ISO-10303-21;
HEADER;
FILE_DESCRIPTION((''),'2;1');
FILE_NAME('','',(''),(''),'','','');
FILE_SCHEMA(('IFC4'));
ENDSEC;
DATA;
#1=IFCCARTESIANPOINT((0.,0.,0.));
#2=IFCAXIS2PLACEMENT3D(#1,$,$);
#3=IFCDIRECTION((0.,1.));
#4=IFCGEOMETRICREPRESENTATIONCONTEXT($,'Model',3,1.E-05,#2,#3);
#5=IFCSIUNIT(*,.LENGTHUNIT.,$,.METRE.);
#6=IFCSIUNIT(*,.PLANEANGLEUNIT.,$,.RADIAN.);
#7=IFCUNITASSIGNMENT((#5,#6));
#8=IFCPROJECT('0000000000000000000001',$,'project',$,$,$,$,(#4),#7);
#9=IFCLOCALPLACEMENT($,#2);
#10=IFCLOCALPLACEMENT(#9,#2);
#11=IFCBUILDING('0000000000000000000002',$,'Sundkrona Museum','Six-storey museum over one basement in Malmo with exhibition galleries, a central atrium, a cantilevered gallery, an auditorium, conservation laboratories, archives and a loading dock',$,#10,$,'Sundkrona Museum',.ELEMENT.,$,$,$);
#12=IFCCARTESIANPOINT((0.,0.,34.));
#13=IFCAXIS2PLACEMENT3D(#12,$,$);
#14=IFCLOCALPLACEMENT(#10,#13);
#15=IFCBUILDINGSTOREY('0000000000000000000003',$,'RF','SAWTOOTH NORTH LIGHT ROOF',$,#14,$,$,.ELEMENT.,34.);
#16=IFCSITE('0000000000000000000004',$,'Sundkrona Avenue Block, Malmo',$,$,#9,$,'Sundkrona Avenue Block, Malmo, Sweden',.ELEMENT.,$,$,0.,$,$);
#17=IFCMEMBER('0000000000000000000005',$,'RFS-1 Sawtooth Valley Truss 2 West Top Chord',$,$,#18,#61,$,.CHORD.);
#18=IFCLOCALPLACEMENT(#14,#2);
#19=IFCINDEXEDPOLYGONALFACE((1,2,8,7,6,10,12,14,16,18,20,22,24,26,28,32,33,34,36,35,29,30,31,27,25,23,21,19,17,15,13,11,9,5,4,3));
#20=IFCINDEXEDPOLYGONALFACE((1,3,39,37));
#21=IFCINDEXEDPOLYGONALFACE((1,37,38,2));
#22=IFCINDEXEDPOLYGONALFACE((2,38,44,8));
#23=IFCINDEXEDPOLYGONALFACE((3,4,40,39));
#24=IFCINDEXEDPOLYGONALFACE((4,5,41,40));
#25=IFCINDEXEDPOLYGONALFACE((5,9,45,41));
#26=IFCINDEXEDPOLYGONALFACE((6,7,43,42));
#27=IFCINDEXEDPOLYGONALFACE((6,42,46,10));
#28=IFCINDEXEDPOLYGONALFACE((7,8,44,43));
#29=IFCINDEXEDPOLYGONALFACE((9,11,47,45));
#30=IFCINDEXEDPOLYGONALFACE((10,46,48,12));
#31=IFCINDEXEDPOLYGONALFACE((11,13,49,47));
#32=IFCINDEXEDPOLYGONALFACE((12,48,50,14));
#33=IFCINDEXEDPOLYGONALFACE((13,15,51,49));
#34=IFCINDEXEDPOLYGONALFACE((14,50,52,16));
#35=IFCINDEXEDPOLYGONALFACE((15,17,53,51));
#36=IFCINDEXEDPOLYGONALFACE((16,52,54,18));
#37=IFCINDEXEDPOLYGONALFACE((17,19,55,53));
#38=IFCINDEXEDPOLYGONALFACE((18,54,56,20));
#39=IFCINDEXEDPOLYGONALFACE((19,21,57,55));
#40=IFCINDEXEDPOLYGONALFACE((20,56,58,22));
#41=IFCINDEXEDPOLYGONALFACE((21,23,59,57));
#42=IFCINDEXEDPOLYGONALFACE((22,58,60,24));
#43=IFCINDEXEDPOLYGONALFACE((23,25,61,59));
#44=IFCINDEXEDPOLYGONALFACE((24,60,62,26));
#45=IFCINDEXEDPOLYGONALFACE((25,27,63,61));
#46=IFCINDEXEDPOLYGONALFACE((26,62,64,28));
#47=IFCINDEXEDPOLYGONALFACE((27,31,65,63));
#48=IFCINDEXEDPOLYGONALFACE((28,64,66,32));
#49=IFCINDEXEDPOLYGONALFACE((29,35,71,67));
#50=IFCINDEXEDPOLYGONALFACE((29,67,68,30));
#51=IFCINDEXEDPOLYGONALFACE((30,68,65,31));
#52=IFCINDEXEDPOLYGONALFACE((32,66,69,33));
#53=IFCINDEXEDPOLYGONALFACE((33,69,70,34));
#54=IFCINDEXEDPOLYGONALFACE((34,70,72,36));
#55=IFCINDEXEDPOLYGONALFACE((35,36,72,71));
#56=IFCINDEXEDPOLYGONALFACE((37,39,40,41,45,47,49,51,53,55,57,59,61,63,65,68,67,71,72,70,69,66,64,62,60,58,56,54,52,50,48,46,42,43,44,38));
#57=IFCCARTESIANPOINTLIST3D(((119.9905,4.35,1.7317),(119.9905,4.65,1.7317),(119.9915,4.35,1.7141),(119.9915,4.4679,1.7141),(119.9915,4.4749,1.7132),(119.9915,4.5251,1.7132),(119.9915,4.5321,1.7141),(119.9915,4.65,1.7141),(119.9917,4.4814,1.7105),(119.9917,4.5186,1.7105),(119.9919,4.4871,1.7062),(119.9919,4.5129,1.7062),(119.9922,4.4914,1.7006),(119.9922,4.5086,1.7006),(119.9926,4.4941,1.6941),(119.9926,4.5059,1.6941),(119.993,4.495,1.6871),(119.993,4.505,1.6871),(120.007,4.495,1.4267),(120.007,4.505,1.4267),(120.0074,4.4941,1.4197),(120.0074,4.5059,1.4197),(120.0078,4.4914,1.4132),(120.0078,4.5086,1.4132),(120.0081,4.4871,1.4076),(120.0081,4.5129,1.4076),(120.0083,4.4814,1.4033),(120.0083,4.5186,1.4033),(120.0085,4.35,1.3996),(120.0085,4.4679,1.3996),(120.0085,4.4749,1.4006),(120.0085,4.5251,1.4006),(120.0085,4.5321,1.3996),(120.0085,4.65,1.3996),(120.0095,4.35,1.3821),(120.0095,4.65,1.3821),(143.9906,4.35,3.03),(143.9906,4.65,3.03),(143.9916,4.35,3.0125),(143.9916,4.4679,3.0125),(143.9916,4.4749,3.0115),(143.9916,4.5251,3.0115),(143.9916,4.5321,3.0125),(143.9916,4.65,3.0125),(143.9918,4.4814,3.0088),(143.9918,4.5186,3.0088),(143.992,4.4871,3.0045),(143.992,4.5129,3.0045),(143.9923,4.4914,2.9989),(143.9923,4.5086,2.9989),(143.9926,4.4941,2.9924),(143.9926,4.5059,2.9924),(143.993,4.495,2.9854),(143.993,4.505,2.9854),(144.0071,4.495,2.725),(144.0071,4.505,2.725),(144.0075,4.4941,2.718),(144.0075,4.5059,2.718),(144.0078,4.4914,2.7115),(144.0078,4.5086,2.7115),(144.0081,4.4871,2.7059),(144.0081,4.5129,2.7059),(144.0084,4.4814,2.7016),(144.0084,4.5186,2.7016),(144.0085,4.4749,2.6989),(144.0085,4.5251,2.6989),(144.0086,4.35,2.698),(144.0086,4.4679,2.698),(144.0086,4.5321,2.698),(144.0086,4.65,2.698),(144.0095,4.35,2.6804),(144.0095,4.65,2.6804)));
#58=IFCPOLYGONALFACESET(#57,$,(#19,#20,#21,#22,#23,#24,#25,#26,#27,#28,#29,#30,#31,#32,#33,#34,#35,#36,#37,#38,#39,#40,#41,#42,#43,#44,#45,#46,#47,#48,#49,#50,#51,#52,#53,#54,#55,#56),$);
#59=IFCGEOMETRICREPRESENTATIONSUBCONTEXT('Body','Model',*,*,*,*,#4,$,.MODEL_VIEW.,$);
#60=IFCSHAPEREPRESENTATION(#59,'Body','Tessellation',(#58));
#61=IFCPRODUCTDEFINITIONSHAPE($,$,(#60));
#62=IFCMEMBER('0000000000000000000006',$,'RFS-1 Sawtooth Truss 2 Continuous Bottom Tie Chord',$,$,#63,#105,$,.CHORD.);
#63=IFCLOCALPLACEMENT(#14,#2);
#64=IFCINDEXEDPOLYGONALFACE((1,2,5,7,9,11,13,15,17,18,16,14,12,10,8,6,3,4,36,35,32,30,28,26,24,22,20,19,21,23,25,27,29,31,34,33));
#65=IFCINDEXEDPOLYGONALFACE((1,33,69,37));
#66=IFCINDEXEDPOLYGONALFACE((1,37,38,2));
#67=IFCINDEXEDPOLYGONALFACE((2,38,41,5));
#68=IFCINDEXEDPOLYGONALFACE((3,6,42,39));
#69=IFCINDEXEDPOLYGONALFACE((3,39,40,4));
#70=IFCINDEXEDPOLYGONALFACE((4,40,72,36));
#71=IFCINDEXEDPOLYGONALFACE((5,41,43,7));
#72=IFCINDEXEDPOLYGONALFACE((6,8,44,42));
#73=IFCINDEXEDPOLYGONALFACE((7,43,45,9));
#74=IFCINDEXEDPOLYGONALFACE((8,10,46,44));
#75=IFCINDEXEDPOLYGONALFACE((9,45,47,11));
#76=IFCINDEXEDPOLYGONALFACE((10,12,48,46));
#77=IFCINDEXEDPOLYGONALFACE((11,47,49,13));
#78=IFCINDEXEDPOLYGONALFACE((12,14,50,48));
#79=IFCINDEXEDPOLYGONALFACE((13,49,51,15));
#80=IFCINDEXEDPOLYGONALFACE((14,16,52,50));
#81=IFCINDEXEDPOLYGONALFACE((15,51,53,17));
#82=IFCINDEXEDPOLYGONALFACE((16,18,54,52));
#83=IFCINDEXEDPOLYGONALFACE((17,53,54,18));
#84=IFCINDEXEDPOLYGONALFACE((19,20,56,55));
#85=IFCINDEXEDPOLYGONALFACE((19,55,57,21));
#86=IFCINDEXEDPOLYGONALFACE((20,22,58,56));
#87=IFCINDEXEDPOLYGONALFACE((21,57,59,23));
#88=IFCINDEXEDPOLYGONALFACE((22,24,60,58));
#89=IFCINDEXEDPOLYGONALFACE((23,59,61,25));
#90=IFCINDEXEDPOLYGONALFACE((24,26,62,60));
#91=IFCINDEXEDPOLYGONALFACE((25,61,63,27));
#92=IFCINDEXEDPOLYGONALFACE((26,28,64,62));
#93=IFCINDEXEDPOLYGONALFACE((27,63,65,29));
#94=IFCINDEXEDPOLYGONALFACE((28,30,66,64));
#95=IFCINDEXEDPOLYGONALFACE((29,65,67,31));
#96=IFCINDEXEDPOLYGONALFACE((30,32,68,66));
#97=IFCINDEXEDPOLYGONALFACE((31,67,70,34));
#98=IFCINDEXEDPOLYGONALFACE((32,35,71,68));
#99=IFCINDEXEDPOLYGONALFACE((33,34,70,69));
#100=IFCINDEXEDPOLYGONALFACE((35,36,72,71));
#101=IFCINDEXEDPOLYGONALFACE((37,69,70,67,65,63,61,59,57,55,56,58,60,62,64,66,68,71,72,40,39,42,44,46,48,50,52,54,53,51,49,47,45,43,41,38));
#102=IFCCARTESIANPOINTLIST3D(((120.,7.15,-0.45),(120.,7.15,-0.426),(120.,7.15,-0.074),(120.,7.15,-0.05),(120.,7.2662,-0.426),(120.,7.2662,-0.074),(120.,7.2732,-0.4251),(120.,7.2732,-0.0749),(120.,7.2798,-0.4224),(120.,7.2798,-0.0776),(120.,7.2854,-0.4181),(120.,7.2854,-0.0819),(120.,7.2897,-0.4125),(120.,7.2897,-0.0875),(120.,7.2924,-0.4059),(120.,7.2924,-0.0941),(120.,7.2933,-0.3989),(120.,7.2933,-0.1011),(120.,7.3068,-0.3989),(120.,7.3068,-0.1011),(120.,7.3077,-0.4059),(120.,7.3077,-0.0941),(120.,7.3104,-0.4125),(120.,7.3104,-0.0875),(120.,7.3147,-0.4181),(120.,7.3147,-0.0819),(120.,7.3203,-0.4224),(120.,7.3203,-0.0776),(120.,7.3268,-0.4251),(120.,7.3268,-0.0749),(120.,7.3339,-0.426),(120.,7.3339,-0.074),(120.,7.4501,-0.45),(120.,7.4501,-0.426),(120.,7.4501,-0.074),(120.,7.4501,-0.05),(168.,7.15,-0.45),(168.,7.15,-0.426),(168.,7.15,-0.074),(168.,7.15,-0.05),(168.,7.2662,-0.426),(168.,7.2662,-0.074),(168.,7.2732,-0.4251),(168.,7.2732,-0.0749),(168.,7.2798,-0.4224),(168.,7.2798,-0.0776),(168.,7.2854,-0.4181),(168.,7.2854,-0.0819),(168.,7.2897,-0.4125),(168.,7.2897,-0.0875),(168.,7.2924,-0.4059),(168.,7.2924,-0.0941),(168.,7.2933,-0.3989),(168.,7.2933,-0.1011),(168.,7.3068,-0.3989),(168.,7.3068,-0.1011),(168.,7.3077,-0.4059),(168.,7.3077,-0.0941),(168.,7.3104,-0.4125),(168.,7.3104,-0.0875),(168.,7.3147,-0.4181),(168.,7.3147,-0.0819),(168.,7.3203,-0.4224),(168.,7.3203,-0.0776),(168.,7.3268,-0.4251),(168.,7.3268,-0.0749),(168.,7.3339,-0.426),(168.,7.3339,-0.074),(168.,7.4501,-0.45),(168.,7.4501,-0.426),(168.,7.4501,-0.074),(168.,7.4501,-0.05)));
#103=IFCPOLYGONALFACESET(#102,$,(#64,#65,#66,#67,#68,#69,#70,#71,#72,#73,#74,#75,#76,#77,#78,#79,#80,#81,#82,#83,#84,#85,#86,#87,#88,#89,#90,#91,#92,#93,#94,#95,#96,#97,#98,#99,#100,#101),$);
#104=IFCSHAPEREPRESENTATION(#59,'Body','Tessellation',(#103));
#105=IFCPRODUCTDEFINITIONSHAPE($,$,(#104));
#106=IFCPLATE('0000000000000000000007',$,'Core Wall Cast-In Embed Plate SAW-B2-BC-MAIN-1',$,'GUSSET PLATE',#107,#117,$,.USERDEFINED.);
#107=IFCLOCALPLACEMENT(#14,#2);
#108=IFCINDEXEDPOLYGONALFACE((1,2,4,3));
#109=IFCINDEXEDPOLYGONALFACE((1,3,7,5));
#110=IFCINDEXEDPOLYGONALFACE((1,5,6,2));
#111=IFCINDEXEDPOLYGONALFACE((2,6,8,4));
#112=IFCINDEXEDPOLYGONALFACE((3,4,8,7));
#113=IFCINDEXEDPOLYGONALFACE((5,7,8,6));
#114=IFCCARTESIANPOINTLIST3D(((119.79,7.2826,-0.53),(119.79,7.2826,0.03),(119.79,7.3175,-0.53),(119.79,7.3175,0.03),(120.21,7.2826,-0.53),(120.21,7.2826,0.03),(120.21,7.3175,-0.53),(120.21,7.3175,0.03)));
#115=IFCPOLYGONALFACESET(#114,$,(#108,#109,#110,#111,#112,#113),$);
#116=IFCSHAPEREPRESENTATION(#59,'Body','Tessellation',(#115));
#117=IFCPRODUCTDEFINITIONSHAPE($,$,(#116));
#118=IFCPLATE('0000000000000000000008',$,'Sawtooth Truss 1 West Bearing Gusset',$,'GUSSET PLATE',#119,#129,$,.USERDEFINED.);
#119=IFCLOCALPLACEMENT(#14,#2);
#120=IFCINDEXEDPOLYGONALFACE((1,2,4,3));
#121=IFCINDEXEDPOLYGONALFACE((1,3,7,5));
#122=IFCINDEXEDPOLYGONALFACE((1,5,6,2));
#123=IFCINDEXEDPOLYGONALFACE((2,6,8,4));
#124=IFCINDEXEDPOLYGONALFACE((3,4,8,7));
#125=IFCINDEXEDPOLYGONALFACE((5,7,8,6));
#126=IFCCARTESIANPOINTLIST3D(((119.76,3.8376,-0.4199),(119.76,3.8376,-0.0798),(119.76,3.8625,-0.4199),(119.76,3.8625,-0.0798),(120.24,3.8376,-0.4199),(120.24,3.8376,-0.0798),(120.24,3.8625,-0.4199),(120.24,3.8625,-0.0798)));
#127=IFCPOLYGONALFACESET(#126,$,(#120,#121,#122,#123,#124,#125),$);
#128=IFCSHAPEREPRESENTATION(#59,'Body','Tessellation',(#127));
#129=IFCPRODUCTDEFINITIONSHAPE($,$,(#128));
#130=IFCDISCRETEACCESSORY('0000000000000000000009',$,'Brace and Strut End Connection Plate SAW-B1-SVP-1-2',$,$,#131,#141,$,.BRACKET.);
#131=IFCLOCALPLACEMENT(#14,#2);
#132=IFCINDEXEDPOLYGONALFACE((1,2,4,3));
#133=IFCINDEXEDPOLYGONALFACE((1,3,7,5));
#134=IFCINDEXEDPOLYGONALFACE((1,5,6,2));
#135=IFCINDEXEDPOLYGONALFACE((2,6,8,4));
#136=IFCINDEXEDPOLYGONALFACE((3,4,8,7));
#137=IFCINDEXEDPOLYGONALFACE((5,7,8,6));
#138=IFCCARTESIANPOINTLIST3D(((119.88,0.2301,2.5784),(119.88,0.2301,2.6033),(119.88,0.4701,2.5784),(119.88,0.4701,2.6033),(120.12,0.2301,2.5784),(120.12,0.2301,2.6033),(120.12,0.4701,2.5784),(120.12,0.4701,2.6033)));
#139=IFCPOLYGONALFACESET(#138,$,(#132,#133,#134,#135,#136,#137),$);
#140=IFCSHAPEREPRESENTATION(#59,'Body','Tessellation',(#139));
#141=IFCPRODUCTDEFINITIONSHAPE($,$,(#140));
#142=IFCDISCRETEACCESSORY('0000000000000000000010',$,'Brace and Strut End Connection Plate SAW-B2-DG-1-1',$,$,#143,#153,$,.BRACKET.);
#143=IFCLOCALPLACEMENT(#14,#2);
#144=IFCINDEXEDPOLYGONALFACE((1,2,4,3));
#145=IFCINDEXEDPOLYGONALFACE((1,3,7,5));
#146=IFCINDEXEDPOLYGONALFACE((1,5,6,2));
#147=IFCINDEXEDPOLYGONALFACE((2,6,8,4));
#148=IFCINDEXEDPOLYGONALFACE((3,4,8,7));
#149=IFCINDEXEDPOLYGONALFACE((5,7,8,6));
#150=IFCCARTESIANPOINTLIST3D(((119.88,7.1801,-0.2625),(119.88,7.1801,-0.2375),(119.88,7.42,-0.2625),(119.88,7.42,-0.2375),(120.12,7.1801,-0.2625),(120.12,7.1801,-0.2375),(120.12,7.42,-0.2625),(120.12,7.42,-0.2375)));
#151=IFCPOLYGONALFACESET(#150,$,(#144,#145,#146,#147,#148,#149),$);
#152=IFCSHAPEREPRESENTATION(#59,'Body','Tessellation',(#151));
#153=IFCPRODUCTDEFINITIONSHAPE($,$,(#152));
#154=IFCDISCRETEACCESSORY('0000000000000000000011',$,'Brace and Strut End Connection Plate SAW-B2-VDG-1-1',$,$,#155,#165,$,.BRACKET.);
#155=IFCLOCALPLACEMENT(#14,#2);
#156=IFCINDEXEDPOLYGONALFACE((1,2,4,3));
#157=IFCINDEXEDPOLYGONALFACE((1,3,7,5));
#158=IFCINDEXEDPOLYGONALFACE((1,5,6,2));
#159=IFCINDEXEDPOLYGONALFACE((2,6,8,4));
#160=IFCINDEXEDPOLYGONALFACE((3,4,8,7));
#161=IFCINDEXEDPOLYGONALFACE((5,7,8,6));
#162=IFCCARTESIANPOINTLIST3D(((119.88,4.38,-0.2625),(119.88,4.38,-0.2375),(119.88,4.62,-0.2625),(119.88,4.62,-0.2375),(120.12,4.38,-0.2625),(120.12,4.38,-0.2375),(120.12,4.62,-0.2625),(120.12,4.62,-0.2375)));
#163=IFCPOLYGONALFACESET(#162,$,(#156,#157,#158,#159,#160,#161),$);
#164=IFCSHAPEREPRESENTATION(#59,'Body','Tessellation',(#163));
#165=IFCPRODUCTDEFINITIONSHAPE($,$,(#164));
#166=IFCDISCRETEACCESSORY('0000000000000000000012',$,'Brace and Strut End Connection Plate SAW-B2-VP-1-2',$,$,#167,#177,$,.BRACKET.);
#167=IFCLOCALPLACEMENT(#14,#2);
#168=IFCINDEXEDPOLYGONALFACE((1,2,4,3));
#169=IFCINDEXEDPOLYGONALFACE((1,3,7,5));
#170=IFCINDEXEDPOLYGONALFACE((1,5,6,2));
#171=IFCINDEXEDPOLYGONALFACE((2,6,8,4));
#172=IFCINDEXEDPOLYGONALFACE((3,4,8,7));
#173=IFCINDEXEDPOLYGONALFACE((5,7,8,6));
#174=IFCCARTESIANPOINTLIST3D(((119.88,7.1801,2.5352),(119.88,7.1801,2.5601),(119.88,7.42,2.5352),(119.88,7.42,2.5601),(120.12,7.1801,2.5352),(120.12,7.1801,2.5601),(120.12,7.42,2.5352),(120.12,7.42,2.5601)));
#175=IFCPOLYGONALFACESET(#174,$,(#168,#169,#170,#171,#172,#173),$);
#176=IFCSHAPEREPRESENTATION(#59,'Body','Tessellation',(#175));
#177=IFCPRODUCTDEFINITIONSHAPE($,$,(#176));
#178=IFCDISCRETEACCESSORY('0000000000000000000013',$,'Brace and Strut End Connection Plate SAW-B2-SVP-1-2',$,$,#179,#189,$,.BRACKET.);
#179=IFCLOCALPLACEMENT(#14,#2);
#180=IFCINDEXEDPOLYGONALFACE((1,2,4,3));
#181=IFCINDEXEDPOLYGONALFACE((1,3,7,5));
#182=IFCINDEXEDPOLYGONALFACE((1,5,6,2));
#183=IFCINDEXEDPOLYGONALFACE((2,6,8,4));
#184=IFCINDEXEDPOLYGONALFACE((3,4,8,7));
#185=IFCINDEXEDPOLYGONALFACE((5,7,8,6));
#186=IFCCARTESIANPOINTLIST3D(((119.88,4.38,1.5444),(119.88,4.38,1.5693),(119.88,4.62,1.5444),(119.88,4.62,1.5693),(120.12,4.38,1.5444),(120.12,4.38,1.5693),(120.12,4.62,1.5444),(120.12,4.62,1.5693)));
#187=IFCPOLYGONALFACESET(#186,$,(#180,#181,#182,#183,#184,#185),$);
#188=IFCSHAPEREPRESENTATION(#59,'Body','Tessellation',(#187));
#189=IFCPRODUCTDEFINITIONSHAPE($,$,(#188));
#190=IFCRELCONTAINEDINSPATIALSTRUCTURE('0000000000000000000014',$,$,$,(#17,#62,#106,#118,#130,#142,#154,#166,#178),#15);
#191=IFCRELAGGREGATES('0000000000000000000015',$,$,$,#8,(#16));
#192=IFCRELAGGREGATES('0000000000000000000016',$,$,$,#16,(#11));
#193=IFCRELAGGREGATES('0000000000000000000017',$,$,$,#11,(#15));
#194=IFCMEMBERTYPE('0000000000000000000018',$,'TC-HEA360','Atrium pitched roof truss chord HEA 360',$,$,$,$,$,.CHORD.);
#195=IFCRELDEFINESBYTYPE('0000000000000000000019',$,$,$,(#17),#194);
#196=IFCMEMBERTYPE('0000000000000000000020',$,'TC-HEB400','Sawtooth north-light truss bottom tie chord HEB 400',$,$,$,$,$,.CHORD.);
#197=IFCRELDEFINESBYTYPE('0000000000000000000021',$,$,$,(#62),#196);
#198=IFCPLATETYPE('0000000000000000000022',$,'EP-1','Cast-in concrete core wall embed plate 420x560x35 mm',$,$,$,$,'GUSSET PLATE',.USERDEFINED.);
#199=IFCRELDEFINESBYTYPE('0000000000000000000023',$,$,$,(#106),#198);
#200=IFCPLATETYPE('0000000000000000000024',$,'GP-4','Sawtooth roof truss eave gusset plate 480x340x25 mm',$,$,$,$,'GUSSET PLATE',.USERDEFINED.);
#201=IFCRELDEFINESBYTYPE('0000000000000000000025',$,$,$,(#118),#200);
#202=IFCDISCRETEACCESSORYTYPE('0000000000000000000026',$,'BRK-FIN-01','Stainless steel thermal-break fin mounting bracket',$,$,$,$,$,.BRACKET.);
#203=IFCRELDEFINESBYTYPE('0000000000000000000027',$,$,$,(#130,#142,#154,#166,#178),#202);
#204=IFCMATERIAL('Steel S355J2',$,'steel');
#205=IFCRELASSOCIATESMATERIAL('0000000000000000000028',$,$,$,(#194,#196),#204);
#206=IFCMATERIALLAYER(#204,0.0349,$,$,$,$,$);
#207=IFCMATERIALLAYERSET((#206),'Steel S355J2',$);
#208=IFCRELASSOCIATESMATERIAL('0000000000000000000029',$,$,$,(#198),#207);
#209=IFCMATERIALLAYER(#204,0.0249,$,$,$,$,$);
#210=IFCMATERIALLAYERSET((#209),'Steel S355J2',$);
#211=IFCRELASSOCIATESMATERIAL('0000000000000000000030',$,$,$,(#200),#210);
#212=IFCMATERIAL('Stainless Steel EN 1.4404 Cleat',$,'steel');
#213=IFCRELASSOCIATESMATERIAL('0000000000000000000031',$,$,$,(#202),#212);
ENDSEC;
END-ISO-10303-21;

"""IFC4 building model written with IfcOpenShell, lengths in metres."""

from ifc_helpers import new_model, si_unit, direction, frame, origin, origin_2d, place, context, subcontext, project, spatial, rectangle, i_section, extrude, material, layer, layer_set, material_profile, profile_set, type_object, element, save


model = new_model("IFC4")

# Units and contexts
model_context = context("Model", 3, precision=1e-05, world=origin(), true_north=direction((0.0, 1.0)))
body_context = subcontext(model_context, "Body", "Model", "MODEL_VIEW")
ifc_project = project(units=[si_unit("LENGTHUNIT", "METRE"), si_unit("PLANEANGLEUNIT", "RADIAN")], contexts=[model_context])

# Site, building, storey
site_placement = place(None, origin())
site = spatial("IfcSite", under=ifc_project, at=site_placement, Name="Sundkrona Avenue Block, Malmo", LongName="Sundkrona Avenue Block, Malmo, Sweden", CompositionType="ELEMENT", RefElevation=0.0)
building_placement = place(site_placement, origin())
building = spatial("IfcBuilding", under=site, at=building_placement, Name="Sundkrona Museum", Description="Six-storey museum over one basement in Malmo with exhibition galleries, a central atrium, a cantilevered gallery, an auditorium, conservation laboratories, archives and a loading dock", LongName="Sundkrona Museum", CompositionType="ELEMENT")
storey_placement = place(building_placement, frame((0.0, 0.0, 34.0)))
storey = spatial("IfcBuildingStorey", under=building, at=storey_placement, Name="RF", Description="SAWTOOTH NORTH LIGHT ROOF", CompositionType="ELEMENT", Elevation=34.0)

# Members
ifc_material_1 = material(Name="Steel S355J2", Category="steel")
ifc_material_profile_1 = material_profile(ifc_material_1, i_section(OverallWidth=0.3, OverallDepth=0.3501, WebThickness=0.01, FlangeThickness=0.0176, FilletRadius=0.0271, at=origin_2d()), Name="HEA 360")
ifc_profile_set_1 = profile_set([ifc_material_profile_1], Name="Steel S355J2")
member_type_1 = type_object("IfcMemberType", Name="TC-HEA360", Description="Atrium pitched roof truss chord HEA 360", PredefinedType="CHORD", material=ifc_profile_set_1)
member_1_placement = place(storey_placement, frame((120.0, 4.5, 1.5569), z_axis=(0.99854, 0.0, 0.054019), x_axis=(0.0, 1.0, 0.0)))
element("IfcMember", 1, at=member_1_placement, inside=storey, type_object=member_type_1, Name="RFS-1 Sawtooth Valley Truss 2 West Top Chord", PredefinedType="CHORD", context=body_context, shape_type="SweptSolid", body=[
    extrude(i_section(OverallWidth=0.3, OverallDepth=0.3501, WebThickness=0.01, FlangeThickness=0.0176, FilletRadius=0.0271, at=origin_2d()), origin(), (0.0, 0.0, 1.0), 24.0352),
])
ifc_material_profile_2 = material_profile(ifc_material_1, i_section(OverallWidth=0.3, OverallDepth=0.3999, WebThickness=0.0134, FlangeThickness=0.0239, FilletRadius=0.0271, at=origin_2d()), Name="HEB 400")
ifc_profile_set_2 = profile_set([ifc_material_profile_2], Name="Steel S355J2")
member_type_2 = type_object("IfcMemberType", Name="TC-HEB400", Description="Sawtooth north-light truss bottom tie chord HEB 400", PredefinedType="CHORD", material=ifc_profile_set_2)
member_2_placement = place(storey_placement, frame((120.0, 7.3, -0.25), z_axis=(1.0, 0.0, 0.0), x_axis=(0.0, 1.0, 0.0)))
element("IfcMember", 2, at=member_2_placement, inside=storey, type_object=member_type_2, Name="RFS-1 Sawtooth Truss 2 Continuous Bottom Tie Chord", PredefinedType="CHORD", context=body_context, shape_type="SweptSolid", body=[
    extrude(i_section(OverallWidth=0.3, OverallDepth=0.3999, WebThickness=0.0134, FlangeThickness=0.0239, FilletRadius=0.0271, at=origin_2d()), origin(), (0.0, 0.0, 1.0), 48.0),
])

# Plates
ifc_layer_1 = layer(ifc_material_1, 0.0349)
ifc_layer_set_1 = layer_set([ifc_layer_1], Name="Steel S355J2")
plate_type_1 = type_object("IfcPlateType", Name="EP-1", Description="Cast-in concrete core wall embed plate 420x560x35 mm", ElementType="GUSSET PLATE", PredefinedType="USERDEFINED", material=ifc_layer_set_1)
plate_1_placement = place(storey_placement, frame((120.0, 7.3, -0.53), z_axis=(0.0, 0.0, 1.0), x_axis=(1.0, 0.0, 0.0)))
element("IfcPlate", 3, at=plate_1_placement, inside=storey, type_object=plate_type_1, Name="Core Wall Cast-In Embed Plate SAW-B2-BC-MAIN-1", ObjectType="GUSSET PLATE", PredefinedType="USERDEFINED", context=body_context, shape_type="SweptSolid", body=[
    extrude(rectangle(XDim=0.4199, YDim=0.0349, at=origin_2d()), origin(), (0.0, 0.0, 1.0), 0.5601),
])
ifc_layer_2 = layer(ifc_material_1, 0.0249)
ifc_layer_set_2 = layer_set([ifc_layer_2], Name="Steel S355J2")
plate_type_2 = type_object("IfcPlateType", Name="GP-4", Description="Sawtooth roof truss eave gusset plate 480x340x25 mm", ElementType="GUSSET PLATE", PredefinedType="USERDEFINED", material=ifc_layer_set_2)
plate_2_placement = place(storey_placement, frame((120.0, 3.8501, -0.4199), z_axis=(0.0, 0.0, 1.0), x_axis=(1.0, 0.0, 0.0)))
element("IfcPlate", 4, at=plate_2_placement, inside=storey, type_object=plate_type_2, Name="Sawtooth Truss 1 West Bearing Gusset", ObjectType="GUSSET PLATE", PredefinedType="USERDEFINED", context=body_context, shape_type="SweptSolid", body=[
    extrude(rectangle(XDim=0.48, YDim=0.0249, at=origin_2d()), origin(), (0.0, 0.0, 1.0), 0.3401),
])

# Discrete accessories
ifc_material_2 = material(Name="Stainless Steel EN 1.4404 Cleat", Category="steel")
discrete_accessory_type = type_object("IfcDiscreteAccessoryType", Name="BRK-FIN-01", Description="Stainless steel thermal-break fin mounting bracket", PredefinedType="BRACKET", material=ifc_material_2)
for number, where, z_axis, x_axis, name in (
    (5, (120.0, 0.3501, 2.5784), (0.0, 0.0, 1.0), (1.0, 0.0, 0.0), "Brace and Strut End Connection Plate SAW-B1-SVP-1-2"),
    (6, (120.0, 7.3, -0.2625), (0.0, 0.0, 1.0), (1.0, 0.0, 0.0), "Brace and Strut End Connection Plate SAW-B2-DG-1-1"),
    (7, (120.0, 4.5, -0.2625), (0.0, 0.0, 1.0), (1.0, 0.0, 0.0), "Brace and Strut End Connection Plate SAW-B2-VDG-1-1"),
    (8, (120.0, 7.3, 2.5352), (0.0, 0.0, 1.0), (1.0, 0.0, 0.0), "Brace and Strut End Connection Plate SAW-B2-VP-1-2"),
    (9, (120.0, 4.5, 1.5444), (0.0, 0.0, 1.0), (1.0, 0.0, 0.0), "Brace and Strut End Connection Plate SAW-B2-SVP-1-2"),
):
    element("IfcDiscreteAccessory", number, at=place(storey_placement, frame(where, z_axis=z_axis, x_axis=x_axis)), inside=storey, type_object=discrete_accessory_type, Name=name, PredefinedType="BRACKET", context=body_context, shape_type="SweptSolid", body=[
        extrude(rectangle(XDim=0.24, YDim=0.24, at=origin_2d()), origin(), (0.0, 0.0, 1.0), 0.0249),
    ])

save(model, "model.ifc")
